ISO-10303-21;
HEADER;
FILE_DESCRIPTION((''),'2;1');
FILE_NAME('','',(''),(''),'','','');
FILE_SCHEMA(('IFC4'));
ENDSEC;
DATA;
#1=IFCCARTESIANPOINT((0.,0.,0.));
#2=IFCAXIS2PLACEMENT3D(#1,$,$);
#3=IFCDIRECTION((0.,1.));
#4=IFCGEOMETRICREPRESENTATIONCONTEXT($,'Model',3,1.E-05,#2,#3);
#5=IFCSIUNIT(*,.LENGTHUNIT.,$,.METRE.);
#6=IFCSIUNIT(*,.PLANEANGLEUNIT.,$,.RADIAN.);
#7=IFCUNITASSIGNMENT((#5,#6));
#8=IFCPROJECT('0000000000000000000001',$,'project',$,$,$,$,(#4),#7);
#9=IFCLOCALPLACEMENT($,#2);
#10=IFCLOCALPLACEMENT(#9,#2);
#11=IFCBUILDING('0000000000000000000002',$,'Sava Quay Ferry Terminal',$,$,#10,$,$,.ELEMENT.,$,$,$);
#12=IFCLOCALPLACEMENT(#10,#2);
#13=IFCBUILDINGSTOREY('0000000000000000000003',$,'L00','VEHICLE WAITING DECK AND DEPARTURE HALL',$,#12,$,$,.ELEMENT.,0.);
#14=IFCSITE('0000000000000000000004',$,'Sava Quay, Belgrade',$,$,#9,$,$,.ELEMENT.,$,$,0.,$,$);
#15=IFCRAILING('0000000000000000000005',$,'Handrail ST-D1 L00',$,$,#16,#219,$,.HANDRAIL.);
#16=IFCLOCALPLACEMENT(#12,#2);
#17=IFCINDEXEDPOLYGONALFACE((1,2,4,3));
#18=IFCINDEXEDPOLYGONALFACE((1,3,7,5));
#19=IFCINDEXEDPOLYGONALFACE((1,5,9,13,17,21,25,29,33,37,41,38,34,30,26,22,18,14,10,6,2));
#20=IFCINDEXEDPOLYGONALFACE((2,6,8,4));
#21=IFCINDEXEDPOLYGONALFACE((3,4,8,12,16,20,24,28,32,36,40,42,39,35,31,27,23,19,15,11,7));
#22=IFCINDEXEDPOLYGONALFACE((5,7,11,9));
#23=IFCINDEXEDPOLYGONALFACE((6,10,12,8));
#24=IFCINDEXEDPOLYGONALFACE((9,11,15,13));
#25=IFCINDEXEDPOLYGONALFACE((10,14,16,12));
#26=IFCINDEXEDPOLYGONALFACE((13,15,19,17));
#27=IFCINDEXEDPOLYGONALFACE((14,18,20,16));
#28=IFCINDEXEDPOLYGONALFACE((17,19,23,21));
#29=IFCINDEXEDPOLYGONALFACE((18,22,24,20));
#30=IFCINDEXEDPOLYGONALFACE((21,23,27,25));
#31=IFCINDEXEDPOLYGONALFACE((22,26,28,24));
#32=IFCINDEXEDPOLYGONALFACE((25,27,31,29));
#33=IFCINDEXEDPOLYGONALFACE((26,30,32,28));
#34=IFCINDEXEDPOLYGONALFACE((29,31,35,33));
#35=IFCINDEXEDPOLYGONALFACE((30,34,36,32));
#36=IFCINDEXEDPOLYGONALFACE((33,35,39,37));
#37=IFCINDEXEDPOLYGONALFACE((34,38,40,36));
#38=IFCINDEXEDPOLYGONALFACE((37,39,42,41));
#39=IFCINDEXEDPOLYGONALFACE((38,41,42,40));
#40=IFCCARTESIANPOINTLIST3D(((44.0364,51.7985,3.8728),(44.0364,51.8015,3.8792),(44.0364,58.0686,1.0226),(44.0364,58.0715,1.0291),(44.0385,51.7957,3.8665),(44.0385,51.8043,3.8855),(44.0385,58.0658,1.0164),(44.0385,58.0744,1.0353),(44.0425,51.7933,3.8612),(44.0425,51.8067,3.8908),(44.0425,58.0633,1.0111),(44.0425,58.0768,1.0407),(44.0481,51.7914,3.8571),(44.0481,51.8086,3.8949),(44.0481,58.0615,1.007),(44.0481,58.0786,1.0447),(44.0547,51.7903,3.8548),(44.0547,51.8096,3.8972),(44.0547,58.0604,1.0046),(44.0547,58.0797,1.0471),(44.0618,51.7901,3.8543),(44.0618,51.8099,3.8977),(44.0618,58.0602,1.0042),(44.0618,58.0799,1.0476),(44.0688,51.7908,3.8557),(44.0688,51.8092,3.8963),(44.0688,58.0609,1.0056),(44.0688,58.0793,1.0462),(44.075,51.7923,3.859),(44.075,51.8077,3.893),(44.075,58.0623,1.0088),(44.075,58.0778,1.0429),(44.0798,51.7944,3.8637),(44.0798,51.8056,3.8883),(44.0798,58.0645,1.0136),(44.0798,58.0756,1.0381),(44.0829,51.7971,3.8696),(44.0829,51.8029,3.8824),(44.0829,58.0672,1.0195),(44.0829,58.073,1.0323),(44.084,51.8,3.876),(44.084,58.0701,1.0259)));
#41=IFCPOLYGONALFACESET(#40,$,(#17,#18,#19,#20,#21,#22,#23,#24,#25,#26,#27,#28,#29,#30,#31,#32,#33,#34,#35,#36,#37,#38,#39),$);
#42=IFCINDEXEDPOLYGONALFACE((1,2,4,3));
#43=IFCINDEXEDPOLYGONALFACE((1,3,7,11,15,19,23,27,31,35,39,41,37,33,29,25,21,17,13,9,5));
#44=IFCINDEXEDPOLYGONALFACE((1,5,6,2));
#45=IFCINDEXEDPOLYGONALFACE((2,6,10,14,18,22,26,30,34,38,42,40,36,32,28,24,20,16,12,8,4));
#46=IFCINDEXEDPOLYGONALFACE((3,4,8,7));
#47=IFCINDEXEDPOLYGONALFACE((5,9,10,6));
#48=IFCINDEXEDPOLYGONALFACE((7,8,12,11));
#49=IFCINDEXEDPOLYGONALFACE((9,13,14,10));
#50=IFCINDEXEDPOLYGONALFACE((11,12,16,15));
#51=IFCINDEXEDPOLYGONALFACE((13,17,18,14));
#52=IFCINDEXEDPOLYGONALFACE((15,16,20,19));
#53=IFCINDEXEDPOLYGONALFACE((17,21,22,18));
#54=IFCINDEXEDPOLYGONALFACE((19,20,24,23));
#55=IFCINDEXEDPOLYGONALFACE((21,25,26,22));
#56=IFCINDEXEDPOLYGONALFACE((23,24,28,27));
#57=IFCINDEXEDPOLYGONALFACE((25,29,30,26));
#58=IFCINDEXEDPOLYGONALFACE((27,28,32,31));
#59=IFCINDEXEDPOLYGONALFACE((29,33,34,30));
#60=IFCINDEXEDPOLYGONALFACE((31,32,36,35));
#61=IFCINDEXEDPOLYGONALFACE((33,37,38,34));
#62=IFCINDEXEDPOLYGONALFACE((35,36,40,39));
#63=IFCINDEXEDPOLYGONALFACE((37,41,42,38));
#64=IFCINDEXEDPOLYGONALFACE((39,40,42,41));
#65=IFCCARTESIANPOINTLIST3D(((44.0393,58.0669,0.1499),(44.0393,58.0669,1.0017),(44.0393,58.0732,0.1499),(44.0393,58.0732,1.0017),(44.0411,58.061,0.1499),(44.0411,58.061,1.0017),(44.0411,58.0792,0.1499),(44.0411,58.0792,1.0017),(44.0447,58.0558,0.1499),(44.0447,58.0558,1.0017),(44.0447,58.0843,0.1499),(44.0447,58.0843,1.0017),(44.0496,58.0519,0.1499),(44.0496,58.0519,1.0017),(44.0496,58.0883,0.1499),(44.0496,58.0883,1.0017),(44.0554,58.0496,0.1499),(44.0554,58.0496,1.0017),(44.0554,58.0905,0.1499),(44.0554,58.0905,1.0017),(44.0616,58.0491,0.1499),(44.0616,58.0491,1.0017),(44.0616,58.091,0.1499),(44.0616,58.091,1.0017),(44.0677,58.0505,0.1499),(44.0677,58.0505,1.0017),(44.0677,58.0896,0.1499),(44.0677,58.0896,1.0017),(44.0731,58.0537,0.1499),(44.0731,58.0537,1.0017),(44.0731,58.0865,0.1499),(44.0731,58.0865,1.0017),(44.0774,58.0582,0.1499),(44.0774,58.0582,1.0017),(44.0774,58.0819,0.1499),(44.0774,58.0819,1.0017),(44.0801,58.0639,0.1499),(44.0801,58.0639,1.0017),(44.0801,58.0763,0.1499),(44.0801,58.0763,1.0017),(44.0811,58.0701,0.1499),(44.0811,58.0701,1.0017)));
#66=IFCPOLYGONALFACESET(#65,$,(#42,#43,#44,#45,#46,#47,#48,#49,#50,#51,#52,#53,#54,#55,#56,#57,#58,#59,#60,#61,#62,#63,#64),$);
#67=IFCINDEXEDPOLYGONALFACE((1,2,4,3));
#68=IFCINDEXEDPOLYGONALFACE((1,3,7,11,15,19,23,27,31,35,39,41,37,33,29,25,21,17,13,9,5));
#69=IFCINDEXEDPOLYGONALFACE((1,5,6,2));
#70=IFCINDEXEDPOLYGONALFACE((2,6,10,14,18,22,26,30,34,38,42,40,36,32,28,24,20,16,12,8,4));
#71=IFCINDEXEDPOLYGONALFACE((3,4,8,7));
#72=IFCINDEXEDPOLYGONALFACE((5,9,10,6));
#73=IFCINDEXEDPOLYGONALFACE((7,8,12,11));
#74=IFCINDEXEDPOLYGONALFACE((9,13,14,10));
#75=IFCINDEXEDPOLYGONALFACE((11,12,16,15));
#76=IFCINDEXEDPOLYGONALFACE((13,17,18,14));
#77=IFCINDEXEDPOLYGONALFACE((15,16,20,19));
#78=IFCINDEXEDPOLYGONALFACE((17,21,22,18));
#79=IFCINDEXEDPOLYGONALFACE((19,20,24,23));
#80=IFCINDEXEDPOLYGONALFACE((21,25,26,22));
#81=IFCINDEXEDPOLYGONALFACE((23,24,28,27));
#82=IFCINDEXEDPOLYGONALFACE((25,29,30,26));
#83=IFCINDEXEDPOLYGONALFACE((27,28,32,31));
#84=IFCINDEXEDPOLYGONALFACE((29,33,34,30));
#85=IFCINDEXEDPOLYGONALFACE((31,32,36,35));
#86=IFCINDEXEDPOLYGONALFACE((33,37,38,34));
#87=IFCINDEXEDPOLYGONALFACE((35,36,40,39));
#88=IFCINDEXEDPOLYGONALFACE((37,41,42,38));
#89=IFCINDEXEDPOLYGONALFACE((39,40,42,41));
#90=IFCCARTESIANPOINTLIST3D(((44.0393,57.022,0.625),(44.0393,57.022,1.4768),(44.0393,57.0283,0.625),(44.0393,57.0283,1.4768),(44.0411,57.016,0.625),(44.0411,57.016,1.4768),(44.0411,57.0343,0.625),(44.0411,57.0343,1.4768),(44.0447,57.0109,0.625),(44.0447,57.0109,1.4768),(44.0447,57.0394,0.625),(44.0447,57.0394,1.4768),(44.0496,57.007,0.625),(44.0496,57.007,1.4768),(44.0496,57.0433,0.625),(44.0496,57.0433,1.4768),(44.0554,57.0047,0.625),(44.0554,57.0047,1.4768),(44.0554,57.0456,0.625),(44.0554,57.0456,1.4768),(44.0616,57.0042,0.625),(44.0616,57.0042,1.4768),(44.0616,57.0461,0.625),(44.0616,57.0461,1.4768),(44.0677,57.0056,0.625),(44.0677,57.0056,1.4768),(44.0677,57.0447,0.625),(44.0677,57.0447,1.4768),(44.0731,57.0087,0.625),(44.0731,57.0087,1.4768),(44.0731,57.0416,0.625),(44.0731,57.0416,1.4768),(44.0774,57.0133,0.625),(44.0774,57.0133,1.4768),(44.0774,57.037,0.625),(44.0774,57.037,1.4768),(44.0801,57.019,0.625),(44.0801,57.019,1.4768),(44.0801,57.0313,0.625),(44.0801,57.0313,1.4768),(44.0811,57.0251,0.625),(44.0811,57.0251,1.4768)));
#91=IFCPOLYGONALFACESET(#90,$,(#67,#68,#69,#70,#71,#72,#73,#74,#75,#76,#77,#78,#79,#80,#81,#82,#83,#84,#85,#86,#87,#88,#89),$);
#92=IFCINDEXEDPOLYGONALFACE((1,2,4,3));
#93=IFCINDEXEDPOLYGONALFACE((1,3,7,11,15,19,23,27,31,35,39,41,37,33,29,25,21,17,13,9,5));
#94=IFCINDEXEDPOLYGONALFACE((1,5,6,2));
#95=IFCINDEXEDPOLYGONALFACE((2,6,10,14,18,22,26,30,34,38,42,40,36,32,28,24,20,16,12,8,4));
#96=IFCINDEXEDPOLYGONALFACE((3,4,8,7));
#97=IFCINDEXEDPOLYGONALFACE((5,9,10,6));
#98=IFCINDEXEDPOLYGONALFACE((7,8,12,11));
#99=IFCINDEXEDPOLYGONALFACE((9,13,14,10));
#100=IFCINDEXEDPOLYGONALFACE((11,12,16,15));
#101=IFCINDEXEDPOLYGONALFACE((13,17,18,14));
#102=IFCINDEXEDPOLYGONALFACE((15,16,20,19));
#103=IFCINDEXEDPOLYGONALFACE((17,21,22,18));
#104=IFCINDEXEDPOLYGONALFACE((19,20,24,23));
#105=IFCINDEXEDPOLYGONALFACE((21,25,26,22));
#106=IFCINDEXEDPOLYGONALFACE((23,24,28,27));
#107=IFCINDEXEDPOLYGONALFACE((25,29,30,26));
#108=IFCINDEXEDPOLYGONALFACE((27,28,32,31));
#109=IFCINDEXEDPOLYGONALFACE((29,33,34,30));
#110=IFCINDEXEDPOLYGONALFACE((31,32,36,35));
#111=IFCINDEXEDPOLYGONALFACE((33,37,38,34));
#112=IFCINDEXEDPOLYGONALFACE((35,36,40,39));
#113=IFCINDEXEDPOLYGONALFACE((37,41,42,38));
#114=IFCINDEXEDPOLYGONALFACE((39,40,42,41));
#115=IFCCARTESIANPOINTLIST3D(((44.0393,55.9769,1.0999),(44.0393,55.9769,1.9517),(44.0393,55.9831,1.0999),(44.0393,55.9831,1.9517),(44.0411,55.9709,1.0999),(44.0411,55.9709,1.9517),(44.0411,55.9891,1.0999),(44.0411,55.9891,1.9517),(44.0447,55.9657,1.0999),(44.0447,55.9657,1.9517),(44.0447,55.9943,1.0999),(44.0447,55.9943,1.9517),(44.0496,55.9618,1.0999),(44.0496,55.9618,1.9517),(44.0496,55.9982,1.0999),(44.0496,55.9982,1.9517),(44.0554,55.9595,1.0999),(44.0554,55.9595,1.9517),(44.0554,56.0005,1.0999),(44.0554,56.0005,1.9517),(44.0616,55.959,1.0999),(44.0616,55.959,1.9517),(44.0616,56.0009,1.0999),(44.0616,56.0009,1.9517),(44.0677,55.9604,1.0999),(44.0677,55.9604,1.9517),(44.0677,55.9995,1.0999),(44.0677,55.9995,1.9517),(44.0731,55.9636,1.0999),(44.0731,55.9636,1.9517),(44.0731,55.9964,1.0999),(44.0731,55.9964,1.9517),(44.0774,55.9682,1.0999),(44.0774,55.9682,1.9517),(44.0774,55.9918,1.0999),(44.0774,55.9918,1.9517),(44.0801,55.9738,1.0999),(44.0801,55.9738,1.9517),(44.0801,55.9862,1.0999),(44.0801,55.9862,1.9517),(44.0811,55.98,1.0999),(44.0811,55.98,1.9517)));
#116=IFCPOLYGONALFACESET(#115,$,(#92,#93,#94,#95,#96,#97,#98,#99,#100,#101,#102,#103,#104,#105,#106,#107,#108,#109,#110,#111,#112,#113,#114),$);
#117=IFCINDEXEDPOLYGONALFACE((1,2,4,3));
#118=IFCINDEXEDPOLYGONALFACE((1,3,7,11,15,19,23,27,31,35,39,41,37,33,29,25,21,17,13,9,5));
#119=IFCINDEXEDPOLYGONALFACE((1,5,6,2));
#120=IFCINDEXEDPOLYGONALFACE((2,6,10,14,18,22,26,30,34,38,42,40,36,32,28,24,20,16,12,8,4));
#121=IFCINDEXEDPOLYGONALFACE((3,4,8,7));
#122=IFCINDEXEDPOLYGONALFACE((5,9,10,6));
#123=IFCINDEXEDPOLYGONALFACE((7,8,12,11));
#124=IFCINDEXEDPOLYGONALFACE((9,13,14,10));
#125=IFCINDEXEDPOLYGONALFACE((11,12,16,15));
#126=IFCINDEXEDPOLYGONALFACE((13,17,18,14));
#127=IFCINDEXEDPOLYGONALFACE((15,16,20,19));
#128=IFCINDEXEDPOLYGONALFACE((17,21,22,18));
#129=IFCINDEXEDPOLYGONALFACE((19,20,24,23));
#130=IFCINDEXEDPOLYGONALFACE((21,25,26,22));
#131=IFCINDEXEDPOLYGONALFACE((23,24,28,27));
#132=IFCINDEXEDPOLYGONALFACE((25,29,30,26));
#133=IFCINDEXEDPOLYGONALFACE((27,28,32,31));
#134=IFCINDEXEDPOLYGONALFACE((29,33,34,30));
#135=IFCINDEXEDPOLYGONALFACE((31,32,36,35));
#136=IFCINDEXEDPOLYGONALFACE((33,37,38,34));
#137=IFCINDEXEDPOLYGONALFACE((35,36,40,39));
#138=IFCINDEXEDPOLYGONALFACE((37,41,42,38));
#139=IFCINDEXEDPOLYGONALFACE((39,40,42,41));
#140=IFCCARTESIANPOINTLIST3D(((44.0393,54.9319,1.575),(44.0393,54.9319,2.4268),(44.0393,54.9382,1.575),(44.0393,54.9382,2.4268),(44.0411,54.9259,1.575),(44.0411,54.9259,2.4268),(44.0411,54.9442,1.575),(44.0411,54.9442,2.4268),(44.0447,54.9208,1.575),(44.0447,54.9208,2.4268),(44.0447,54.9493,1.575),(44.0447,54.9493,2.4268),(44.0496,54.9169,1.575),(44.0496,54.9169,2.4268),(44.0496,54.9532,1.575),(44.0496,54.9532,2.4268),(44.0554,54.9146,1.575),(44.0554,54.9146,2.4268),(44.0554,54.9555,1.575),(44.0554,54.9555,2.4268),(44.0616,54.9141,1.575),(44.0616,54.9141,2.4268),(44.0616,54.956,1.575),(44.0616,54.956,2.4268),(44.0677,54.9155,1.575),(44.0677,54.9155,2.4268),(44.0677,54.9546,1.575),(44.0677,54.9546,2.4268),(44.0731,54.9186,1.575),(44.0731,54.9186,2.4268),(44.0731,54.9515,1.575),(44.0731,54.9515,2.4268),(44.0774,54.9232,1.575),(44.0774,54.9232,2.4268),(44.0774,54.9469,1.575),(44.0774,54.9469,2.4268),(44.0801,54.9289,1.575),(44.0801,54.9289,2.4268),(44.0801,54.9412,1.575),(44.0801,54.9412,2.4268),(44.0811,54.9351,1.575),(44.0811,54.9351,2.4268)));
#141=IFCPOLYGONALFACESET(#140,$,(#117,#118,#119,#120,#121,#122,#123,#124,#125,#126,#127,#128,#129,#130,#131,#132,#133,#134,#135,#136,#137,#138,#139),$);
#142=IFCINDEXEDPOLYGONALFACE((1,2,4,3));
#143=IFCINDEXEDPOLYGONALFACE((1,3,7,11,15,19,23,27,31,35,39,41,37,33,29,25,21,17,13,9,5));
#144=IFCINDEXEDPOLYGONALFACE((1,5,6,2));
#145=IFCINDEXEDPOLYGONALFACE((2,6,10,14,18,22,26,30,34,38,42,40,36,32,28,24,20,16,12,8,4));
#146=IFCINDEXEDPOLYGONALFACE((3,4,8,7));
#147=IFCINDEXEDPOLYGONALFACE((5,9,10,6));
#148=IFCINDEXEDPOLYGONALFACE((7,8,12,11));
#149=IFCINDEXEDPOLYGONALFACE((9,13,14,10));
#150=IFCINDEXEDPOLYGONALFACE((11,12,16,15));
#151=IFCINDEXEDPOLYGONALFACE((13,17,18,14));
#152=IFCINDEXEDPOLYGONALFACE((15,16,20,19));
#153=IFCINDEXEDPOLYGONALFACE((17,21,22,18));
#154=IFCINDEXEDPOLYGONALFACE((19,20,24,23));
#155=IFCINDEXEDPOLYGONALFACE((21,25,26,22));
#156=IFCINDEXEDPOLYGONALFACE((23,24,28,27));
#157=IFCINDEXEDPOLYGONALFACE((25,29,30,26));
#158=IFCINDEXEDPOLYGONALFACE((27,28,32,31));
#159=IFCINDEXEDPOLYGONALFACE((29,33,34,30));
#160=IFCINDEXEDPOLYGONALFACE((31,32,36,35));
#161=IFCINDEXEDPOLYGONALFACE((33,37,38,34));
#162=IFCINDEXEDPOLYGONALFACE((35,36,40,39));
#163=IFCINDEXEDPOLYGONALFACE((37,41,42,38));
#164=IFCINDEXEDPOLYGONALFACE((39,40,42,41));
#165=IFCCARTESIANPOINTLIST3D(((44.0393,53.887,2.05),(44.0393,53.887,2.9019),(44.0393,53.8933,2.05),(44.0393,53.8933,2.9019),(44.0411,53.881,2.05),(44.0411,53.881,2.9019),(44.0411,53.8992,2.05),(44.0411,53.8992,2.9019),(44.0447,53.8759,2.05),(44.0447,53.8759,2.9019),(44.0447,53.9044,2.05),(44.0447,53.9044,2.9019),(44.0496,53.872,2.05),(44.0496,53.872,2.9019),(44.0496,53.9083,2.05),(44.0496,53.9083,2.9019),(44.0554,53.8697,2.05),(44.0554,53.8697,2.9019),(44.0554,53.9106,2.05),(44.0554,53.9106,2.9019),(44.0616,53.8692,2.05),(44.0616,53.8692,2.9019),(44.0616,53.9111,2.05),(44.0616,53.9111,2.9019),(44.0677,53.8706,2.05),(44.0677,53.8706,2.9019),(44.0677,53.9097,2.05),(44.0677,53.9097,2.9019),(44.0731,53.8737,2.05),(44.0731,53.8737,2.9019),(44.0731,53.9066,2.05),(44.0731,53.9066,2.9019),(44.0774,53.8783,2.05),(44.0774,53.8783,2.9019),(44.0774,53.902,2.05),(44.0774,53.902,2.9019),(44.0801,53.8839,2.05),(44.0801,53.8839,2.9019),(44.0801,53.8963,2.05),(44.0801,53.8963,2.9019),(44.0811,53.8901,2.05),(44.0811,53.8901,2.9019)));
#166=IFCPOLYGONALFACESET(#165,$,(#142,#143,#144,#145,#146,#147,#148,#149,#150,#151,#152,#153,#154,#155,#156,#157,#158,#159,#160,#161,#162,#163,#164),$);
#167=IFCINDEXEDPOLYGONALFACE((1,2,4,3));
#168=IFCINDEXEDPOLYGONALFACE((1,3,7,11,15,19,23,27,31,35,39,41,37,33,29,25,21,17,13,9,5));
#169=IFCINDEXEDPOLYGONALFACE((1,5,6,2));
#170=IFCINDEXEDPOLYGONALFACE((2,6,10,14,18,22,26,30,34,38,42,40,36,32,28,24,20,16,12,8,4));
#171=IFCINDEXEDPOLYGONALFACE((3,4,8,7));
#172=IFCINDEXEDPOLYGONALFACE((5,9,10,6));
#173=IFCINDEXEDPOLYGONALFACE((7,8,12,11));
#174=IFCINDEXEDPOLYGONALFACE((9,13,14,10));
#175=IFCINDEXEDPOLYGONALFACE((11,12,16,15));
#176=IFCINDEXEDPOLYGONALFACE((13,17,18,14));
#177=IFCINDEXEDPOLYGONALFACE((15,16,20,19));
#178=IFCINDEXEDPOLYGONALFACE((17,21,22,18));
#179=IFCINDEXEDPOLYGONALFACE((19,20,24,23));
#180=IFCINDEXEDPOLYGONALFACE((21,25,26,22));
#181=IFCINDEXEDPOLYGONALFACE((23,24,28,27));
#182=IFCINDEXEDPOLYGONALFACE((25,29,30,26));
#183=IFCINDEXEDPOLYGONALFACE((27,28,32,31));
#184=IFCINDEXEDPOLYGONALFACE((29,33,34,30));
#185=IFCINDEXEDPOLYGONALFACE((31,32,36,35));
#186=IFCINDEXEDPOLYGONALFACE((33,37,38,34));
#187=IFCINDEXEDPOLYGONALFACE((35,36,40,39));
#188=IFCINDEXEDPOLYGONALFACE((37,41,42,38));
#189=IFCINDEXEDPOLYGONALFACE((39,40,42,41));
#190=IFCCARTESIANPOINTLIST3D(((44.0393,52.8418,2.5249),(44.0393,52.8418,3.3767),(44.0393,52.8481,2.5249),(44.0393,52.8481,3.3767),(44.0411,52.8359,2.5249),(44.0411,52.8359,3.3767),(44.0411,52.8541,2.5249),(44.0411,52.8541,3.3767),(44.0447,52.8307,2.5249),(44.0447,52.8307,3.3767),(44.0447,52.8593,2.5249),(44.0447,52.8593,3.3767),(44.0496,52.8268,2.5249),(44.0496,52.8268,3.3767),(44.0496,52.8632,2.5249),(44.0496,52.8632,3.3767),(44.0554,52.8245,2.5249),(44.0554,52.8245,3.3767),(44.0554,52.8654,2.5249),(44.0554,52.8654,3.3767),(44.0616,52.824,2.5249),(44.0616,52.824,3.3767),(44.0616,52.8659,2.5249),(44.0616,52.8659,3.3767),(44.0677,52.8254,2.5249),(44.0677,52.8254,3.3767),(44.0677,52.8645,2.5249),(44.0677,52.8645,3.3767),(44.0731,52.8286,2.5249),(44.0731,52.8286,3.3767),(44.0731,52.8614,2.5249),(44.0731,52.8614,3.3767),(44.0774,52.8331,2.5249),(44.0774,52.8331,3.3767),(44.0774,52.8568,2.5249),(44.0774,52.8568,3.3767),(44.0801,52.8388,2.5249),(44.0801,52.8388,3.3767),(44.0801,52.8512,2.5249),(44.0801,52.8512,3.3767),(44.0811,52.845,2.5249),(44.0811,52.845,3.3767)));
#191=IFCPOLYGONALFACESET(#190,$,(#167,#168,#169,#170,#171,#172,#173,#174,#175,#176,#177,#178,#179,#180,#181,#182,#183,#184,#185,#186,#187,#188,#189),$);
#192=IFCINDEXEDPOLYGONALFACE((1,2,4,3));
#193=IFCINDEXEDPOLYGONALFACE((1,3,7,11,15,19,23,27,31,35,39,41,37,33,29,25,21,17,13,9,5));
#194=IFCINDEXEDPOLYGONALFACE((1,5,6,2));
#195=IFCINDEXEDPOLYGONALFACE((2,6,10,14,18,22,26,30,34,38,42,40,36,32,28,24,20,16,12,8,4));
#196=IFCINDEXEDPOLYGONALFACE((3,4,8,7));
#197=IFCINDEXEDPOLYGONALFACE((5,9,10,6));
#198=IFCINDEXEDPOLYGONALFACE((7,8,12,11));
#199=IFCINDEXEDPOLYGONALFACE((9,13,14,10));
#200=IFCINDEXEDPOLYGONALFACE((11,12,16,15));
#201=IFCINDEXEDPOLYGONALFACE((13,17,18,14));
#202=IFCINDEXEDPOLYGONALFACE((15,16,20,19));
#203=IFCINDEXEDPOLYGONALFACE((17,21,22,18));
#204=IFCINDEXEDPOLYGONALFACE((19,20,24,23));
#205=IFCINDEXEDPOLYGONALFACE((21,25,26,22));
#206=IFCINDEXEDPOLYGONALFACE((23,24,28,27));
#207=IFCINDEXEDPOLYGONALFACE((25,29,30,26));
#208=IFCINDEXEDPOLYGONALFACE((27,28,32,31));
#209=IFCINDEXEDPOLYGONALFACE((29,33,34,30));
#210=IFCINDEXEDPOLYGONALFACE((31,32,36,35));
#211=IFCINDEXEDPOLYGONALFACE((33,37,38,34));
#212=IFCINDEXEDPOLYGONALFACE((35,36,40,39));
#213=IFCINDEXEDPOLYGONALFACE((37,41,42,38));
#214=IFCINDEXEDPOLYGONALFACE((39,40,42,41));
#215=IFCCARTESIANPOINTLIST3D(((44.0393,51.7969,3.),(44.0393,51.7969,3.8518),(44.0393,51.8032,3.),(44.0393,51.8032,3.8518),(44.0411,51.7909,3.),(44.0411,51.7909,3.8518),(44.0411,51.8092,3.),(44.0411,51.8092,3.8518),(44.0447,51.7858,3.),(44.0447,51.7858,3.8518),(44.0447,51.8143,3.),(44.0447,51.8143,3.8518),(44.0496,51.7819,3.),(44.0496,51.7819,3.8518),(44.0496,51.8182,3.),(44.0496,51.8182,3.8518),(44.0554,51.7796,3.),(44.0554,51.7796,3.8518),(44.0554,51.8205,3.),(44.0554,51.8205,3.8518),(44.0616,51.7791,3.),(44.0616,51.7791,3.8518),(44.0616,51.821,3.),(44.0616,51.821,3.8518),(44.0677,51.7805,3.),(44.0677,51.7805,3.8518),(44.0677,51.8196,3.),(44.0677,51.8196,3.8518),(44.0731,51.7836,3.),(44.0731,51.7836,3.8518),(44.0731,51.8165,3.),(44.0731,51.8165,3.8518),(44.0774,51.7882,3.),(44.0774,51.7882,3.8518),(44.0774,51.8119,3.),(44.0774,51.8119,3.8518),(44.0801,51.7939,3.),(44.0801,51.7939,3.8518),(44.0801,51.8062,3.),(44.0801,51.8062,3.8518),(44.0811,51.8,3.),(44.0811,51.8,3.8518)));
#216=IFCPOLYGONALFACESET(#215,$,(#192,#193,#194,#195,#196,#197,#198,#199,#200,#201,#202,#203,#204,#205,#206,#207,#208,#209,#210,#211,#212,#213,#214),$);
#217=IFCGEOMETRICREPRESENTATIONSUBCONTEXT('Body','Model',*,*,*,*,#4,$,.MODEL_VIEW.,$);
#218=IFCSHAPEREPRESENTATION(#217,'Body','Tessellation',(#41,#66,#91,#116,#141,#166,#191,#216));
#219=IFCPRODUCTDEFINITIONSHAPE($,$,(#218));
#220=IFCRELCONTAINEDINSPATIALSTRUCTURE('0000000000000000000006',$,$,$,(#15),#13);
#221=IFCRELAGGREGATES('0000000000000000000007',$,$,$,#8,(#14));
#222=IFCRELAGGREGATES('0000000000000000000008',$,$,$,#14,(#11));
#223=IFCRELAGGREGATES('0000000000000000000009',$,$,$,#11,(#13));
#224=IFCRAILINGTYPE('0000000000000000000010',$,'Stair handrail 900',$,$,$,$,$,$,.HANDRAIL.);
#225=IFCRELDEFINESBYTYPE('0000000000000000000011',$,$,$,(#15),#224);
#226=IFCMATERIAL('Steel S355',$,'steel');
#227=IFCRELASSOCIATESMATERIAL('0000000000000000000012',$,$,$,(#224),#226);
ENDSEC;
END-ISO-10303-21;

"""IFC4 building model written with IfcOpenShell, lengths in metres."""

from ifc_helpers import new_model, si_unit, direction, frame, origin, origin_2d, place, context, subcontext, project, spatial, circle, extrude, material, type_object, element, save


model = new_model("IFC4")

# Units and contexts
model_context = context("Model", 3, precision=1e-05, world=origin(), true_north=direction((0.0, 1.0)))
body_context = subcontext(model_context, "Body", "Model", "MODEL_VIEW")
ifc_project = project(units=[si_unit("LENGTHUNIT", "METRE"), si_unit("PLANEANGLEUNIT", "RADIAN")], contexts=[model_context])

# Site, building, storey
site_placement = place(None, origin())
site = spatial("IfcSite", under=ifc_project, at=site_placement, Name="Sava Quay, Belgrade", CompositionType="ELEMENT", RefElevation=0.0)
building_placement = place(site_placement, origin())
building = spatial("IfcBuilding", under=site, at=building_placement, Name="Sava Quay Ferry Terminal", CompositionType="ELEMENT")
storey_placement = place(building_placement, origin())
storey = spatial("IfcBuildingStorey", under=building, at=storey_placement, Name="L00", Description="VEHICLE WAITING DECK AND DEPARTURE HALL", CompositionType="ELEMENT", Elevation=0.0)

# Railing
ifc_material_1 = material(Name="Steel S355", Category="steel")
railing_type_1 = type_object("IfcRailingType", Name="Stair handrail 900", PredefinedType="HANDRAIL", material=ifc_material_1)
railing_1_placement = place(storey_placement, frame((44.0601, 58.0701, 0.1499)))
element("IfcRailing", 1, at=railing_1_placement, inside=storey, type_object=railing_type_1, Name="Handrail ST-D1 L00", PredefinedType="HANDRAIL", context=body_context, shape_type="SweptSolid", body=[
    extrude(circle(Radius=0.0239, at=origin_2d()), frame((0.0, 0.0, 0.876), z_axis=(0.0, -0.910362, 0.413814), x_axis=(1.0, 0.0, 0.0)), (0.0, 0.0, 1.0), 6.8875),
    extrude(circle(Radius=0.021, at=origin_2d()), origin(), (0.0, 0.0, 1.0), 0.8518),
    extrude(circle(Radius=0.021, at=origin_2d()), frame((0.0, -1.0449, 0.4751)), (0.0, 0.0, 1.0), 0.8518),
    extrude(circle(Radius=0.021, at=origin_2d()), frame((0.0, -2.0901, 0.95)), (0.0, 0.0, 1.0), 0.8518),
    extrude(circle(Radius=0.021, at=origin_2d()), frame((0.0, -3.135, 1.425)), (0.0, 0.0, 1.0), 0.8518),
    extrude(circle(Radius=0.021, at=origin_2d()), frame((0.0, -4.1799, 1.9001)), (0.0, 0.0, 1.0), 0.8518),
    extrude(circle(Radius=0.021, at=origin_2d()), frame((0.0, -5.2251, 2.375)), (0.0, 0.0, 1.0), 0.8518),
    extrude(circle(Radius=0.021, at=origin_2d()), frame((0.0, -6.27, 2.8501)), (0.0, 0.0, 1.0), 0.8518),
])

save(model, "model.ifc")
